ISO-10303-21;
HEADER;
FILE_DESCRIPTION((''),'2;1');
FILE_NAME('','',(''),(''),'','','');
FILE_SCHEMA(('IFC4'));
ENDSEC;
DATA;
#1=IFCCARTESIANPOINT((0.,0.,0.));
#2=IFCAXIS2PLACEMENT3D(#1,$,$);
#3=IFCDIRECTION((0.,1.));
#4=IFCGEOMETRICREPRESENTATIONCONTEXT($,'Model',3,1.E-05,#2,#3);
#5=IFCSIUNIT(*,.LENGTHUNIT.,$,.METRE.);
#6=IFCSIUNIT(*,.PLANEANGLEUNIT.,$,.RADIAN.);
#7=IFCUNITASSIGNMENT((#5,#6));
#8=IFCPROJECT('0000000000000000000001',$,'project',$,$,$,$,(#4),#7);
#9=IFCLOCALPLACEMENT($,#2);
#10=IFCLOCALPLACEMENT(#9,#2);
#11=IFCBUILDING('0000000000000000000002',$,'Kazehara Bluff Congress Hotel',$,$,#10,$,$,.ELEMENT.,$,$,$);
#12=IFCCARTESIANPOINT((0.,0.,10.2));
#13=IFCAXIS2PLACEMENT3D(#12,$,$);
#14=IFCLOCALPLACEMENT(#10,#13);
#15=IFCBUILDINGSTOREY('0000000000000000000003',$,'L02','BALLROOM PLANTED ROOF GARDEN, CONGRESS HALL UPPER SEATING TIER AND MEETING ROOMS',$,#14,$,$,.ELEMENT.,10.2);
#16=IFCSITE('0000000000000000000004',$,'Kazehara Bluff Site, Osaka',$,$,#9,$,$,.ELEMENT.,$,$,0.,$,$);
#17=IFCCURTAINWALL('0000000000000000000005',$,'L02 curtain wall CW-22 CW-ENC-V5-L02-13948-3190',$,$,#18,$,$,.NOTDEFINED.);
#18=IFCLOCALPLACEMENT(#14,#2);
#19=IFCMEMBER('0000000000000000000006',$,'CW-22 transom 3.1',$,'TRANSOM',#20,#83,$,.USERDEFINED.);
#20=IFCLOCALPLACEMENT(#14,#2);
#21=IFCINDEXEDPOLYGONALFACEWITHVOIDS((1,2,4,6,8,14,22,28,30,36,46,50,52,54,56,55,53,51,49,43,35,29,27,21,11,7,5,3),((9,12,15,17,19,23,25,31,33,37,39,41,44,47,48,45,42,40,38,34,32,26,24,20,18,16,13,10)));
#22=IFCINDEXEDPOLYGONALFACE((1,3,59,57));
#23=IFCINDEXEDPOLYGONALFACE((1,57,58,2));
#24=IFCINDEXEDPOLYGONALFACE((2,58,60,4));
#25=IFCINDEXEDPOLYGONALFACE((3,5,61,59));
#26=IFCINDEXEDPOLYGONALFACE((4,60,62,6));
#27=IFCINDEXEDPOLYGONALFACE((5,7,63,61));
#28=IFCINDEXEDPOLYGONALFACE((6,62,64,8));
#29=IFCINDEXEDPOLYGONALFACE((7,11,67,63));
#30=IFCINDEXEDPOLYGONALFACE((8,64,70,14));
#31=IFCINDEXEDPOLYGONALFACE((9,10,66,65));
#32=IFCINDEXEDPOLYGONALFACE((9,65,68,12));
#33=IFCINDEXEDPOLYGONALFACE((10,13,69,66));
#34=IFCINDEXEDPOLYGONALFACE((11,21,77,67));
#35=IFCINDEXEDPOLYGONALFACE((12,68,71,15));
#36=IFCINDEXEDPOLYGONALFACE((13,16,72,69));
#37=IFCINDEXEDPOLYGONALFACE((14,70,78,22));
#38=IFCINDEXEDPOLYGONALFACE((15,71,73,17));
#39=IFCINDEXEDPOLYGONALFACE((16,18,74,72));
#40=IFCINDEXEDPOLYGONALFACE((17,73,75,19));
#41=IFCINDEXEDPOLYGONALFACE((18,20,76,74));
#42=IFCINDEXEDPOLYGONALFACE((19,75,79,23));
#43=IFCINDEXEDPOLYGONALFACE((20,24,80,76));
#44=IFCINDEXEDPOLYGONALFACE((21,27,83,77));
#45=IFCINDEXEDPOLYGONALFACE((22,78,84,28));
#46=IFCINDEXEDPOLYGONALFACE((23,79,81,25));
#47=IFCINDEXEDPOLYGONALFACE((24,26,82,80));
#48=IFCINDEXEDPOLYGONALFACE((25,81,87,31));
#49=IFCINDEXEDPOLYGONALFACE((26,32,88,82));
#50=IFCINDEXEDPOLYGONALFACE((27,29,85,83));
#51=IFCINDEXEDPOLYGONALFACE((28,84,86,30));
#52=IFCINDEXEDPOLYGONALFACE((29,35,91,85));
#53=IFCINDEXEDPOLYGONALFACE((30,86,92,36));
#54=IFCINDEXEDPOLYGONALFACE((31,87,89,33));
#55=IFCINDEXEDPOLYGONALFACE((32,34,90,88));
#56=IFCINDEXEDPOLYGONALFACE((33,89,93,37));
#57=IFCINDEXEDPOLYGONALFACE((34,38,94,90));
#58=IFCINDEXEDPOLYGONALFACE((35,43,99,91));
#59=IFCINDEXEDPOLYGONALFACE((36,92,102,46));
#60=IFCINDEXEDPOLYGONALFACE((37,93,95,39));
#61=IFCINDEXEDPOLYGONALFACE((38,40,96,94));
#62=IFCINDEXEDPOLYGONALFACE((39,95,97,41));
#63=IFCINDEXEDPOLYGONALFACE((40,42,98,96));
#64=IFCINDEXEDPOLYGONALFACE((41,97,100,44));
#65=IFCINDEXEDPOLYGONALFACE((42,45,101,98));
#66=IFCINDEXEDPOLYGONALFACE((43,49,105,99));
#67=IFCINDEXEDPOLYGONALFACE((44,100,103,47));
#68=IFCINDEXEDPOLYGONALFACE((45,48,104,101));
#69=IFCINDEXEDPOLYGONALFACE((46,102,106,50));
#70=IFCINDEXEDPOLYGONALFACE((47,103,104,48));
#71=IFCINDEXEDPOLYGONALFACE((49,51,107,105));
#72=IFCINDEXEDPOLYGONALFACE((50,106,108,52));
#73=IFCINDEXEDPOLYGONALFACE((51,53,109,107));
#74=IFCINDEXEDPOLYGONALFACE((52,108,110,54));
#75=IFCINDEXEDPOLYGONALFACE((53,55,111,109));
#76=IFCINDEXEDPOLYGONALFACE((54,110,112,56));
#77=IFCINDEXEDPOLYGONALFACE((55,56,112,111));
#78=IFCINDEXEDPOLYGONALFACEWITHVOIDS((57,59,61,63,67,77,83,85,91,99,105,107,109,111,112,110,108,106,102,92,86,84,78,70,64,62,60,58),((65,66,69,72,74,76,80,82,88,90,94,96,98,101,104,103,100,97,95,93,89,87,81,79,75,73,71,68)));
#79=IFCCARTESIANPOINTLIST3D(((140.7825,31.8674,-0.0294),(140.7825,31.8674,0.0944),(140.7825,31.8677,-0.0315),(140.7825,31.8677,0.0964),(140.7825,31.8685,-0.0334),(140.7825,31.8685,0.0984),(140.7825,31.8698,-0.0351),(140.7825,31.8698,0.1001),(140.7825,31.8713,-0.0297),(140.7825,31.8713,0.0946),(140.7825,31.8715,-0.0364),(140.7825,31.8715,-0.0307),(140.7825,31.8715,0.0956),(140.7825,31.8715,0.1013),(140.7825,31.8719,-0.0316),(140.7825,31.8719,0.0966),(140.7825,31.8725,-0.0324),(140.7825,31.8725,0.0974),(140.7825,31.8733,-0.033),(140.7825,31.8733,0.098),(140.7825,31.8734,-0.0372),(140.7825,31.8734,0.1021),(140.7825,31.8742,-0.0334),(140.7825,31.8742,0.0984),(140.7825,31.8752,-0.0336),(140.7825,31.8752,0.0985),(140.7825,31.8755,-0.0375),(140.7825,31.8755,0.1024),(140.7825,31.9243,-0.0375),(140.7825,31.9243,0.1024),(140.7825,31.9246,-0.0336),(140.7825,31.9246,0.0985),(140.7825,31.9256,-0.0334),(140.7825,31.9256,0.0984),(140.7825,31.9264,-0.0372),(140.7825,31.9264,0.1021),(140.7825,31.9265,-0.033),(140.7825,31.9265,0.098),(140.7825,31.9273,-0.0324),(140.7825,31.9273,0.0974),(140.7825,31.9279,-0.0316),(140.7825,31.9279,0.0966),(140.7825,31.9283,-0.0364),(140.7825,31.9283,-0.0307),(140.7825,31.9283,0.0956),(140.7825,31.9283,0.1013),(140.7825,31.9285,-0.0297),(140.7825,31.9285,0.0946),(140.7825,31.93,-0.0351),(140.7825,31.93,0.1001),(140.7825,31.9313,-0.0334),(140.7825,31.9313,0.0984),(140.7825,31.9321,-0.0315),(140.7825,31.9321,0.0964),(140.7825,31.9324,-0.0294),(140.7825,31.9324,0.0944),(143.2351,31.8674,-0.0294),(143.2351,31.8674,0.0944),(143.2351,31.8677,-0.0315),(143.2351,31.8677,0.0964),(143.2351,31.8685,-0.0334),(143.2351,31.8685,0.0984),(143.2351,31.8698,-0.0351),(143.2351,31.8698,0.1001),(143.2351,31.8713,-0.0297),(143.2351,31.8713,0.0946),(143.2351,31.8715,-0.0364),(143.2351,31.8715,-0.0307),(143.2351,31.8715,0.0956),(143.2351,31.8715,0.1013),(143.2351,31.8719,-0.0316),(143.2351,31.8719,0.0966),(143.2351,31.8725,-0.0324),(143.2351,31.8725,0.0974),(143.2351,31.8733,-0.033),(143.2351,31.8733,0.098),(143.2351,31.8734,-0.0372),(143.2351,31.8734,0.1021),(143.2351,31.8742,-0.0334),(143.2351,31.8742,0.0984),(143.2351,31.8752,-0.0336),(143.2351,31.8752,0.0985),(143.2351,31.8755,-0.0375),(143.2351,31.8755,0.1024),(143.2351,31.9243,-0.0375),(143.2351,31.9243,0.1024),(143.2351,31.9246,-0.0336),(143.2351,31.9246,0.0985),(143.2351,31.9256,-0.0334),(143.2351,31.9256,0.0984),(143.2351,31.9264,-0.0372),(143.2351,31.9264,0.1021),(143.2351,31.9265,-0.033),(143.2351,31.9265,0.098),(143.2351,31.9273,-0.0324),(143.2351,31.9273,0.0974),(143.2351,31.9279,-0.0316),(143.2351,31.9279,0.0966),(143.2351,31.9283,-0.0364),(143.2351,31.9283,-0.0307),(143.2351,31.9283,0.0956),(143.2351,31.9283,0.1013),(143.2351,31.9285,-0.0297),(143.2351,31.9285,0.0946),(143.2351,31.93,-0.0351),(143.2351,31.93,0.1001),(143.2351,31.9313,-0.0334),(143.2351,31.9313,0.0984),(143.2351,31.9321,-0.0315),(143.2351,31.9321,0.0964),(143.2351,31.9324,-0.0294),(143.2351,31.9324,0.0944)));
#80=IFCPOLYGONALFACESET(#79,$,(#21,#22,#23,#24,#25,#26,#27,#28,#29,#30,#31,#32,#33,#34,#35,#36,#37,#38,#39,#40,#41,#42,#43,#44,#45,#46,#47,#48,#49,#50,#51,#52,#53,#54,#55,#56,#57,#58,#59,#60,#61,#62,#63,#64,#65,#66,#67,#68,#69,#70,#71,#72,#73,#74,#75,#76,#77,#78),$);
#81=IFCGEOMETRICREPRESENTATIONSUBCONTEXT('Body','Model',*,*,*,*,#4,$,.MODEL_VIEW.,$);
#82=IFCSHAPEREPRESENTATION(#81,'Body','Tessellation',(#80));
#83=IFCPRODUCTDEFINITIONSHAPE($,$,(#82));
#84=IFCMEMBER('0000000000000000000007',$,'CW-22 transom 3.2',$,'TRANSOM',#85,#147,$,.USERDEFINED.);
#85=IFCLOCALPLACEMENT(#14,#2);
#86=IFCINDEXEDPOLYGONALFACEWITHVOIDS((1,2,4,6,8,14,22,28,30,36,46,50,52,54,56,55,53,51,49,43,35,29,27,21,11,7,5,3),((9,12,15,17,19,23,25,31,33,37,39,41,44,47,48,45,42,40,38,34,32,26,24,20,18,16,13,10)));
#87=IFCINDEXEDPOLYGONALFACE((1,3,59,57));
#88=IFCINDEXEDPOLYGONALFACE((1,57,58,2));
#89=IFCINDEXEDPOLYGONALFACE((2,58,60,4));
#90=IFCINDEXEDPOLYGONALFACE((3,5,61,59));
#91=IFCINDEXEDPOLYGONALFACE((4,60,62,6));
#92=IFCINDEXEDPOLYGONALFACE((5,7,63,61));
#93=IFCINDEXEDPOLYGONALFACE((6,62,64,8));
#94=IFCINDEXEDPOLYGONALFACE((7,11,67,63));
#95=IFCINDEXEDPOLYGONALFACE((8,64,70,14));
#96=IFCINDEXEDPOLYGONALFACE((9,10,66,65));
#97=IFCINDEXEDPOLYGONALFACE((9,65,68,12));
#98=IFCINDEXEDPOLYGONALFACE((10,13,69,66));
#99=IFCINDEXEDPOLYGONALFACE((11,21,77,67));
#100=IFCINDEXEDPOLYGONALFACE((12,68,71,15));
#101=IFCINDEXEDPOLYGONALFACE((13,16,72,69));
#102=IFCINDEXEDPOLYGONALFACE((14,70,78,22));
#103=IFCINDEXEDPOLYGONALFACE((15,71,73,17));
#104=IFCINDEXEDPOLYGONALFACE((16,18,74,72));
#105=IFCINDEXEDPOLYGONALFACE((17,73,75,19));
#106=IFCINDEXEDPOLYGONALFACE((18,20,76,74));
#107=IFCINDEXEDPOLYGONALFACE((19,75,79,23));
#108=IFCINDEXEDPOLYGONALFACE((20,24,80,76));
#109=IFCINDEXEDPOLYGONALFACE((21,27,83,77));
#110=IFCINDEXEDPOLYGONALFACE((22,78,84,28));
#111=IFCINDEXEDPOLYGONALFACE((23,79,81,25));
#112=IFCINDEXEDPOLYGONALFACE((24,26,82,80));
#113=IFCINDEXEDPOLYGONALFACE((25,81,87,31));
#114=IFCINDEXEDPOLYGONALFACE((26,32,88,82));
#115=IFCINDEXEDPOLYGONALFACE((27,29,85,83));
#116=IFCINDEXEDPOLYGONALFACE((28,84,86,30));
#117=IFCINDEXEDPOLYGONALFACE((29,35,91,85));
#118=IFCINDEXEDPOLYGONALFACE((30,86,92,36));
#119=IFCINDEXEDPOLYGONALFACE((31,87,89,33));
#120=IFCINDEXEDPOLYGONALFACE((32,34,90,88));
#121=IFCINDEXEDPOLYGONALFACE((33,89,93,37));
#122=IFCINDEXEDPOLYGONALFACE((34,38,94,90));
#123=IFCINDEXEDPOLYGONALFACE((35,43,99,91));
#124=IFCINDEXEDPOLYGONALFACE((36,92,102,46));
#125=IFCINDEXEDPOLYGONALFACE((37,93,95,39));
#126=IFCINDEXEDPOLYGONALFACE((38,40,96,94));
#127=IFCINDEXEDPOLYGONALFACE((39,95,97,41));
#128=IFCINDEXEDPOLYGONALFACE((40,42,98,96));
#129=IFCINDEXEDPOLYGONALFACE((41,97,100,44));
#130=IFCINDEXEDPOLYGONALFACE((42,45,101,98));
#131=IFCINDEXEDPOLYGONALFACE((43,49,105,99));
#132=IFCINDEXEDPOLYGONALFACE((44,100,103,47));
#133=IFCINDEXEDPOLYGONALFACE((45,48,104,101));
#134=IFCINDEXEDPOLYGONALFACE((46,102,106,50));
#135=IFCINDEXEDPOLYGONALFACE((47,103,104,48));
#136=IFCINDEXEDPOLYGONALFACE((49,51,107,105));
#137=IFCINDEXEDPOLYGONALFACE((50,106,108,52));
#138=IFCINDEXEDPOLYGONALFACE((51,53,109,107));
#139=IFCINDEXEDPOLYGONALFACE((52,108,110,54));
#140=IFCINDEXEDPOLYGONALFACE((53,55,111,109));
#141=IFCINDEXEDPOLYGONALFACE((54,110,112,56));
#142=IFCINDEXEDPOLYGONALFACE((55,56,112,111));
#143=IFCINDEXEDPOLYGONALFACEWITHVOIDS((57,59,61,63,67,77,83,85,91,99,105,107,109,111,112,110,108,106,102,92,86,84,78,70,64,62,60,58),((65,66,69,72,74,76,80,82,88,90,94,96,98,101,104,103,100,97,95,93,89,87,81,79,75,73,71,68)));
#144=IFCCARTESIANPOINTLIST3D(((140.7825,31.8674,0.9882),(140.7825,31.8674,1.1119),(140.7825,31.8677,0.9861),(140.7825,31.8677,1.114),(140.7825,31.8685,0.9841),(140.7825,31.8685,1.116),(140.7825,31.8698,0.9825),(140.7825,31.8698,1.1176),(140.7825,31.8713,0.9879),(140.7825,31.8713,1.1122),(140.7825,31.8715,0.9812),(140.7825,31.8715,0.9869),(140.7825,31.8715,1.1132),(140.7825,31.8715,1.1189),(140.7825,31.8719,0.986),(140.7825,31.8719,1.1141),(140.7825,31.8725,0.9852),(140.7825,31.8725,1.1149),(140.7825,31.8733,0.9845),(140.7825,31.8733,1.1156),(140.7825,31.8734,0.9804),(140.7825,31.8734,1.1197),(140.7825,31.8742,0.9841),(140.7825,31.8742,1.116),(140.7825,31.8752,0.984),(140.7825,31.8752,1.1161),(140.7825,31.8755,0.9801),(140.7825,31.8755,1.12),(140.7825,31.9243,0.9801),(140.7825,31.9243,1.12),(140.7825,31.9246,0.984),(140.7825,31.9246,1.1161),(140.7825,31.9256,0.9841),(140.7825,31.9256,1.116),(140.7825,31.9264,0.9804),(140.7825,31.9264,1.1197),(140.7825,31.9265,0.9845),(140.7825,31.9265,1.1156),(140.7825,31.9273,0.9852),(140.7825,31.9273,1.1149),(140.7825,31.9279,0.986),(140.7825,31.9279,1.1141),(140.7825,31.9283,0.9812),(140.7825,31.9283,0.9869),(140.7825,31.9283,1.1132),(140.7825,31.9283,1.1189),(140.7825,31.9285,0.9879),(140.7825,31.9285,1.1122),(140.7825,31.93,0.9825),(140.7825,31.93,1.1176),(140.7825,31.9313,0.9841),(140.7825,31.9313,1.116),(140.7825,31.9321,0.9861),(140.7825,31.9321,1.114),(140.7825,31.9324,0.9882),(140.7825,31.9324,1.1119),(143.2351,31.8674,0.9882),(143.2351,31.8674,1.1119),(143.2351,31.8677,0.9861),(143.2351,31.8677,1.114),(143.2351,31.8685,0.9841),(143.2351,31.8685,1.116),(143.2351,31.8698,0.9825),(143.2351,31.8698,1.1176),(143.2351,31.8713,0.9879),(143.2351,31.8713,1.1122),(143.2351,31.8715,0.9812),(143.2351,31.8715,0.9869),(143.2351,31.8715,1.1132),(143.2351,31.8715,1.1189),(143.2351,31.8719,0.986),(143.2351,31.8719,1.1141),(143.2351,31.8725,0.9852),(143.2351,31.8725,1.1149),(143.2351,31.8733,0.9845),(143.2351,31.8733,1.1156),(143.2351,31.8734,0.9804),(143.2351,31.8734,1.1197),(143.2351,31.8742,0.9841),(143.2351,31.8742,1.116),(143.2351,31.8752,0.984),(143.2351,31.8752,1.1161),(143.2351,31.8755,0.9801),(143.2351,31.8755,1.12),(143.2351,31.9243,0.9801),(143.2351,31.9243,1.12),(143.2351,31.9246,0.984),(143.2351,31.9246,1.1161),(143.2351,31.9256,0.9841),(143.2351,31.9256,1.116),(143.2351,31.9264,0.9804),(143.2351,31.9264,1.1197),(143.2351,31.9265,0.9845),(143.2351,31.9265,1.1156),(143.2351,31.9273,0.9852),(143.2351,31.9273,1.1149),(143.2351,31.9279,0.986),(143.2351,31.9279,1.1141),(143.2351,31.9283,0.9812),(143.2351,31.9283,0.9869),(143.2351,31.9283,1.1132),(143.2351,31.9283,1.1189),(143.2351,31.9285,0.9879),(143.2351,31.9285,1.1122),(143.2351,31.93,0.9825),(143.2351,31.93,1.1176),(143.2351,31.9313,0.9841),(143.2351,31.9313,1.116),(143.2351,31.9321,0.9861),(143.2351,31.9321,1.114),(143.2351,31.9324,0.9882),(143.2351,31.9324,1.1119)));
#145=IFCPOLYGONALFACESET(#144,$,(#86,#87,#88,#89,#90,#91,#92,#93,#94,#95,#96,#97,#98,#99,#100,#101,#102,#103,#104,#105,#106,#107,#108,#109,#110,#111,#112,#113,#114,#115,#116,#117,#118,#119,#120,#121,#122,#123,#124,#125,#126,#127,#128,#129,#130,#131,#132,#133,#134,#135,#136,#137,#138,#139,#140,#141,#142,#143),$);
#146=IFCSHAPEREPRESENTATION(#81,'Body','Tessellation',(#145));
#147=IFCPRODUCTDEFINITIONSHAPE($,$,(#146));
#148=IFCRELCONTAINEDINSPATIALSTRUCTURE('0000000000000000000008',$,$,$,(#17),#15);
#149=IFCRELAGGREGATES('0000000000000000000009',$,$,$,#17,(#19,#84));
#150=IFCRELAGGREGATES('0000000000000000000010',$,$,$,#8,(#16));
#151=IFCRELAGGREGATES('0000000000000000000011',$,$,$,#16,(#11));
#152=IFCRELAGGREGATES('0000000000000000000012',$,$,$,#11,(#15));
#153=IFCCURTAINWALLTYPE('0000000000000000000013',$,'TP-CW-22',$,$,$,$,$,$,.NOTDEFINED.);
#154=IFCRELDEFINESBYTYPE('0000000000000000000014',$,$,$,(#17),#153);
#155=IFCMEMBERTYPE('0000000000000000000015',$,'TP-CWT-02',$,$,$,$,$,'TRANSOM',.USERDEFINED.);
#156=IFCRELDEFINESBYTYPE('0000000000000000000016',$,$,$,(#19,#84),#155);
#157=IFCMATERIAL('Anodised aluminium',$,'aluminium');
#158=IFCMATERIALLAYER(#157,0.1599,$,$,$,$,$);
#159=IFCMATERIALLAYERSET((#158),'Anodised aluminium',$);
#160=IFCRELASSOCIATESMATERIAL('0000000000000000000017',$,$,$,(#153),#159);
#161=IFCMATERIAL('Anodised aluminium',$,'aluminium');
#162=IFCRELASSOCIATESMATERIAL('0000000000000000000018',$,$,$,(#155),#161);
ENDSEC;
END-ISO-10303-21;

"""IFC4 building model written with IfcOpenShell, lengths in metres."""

from ifc_helpers import new_model, si_unit, direction, frame, origin, origin_2d, place, context, subcontext, project, spatial, hollow_rectangle, extrude, material, layer, layer_set, material_profile, profile_set, type_object, element, aggregate, save


model = new_model("IFC4")

# Units and contexts
model_context = context("Model", 3, precision=1e-05, world=origin(), true_north=direction((0.0, 1.0)))
body_context = subcontext(model_context, "Body", "Model", "MODEL_VIEW")
ifc_project = project(units=[si_unit("LENGTHUNIT", "METRE"), si_unit("PLANEANGLEUNIT", "RADIAN")], contexts=[model_context])

# Site, building, storey
site_placement = place(None, origin())
site = spatial("IfcSite", under=ifc_project, at=site_placement, Name="Kazehara Bluff Site, Osaka", CompositionType="ELEMENT", RefElevation=0.0)
building_placement = place(site_placement, origin())
building = spatial("IfcBuilding", under=site, at=building_placement, Name="Kazehara Bluff Congress Hotel", CompositionType="ELEMENT")
storey_placement = place(building_placement, frame((0.0, 0.0, 10.2)))
storey = spatial("IfcBuildingStorey", under=building, at=storey_placement, Name="L02", Description="BALLROOM PLANTED ROOF GARDEN, CONGRESS HALL UPPER SEATING TIER AND MEETING ROOMS", CompositionType="ELEMENT", Elevation=10.2)

# Shared definitions
ifc_material_1 = material(Name="Anodised aluminium", Category="aluminium")
ifc_layer_1 = layer(ifc_material_1, 0.1599)
ifc_layer_set_1 = layer_set([ifc_layer_1], Name="Anodised aluminium")
curtain_wall_type = type_object("IfcCurtainWallType", Name="TP-CW-22", PredefinedType="NOTDEFINED", material=ifc_layer_set_1)

# Curtain wall, members
curtain_wall_1_placement = place(storey_placement, origin())
curtain_wall_1 = element("IfcCurtainWall", 1, at=curtain_wall_1_placement, inside=storey, type_object=curtain_wall_type, Name="L02 curtain wall CW-22 CW-ENC-V5-L02-13948-3190", PredefinedType="NOTDEFINED")
ifc_material_2 = material(Name="Anodised aluminium", Category="aluminium")
ifc_material_profile_1 = material_profile(ifc_material_2, hollow_rectangle(XDim=0.0649, YDim=0.1399, WallThickness=0.0039, InnerFilletRadius=0.0039, OuterFilletRadius=0.0081, at=origin_2d()))
ifc_profile_set_1 = profile_set([ifc_material_profile_1], Name="Anodised aluminium")
member_type_1 = type_object("IfcMemberType", Name="TP-CWT-02", ElementType="TRANSOM", PredefinedType="USERDEFINED", material=ifc_profile_set_1)
member_1_placement = place(storey_placement, frame((140.7825, 31.8999, 0.0325), z_axis=(1.0, 0.0, 0.0), x_axis=(0.0, 1.0, 0.0)))
member_1 = element("IfcMember", 2, at=member_1_placement, type_object=member_type_1, Name="CW-22 transom 3.1", ObjectType="TRANSOM", PredefinedType="USERDEFINED", context=body_context, shape_type="SweptSolid", body=[
    extrude(hollow_rectangle(XDim=0.0649, YDim=0.1399, WallThickness=0.0039, InnerFilletRadius=0.0039, OuterFilletRadius=0.0081, at=origin_2d()), origin(), (0.0, 0.0, 1.0), 2.4526),
])
member_2_placement = place(storey_placement, frame((140.7825, 31.8999, 1.05), z_axis=(1.0, 0.0, 0.0), x_axis=(0.0, 1.0, 0.0)))
member_2 = element("IfcMember", 3, at=member_2_placement, type_object=member_type_1, Name="CW-22 transom 3.2", ObjectType="TRANSOM", PredefinedType="USERDEFINED", context=body_context, shape_type="SweptSolid", body=[
    extrude(hollow_rectangle(XDim=0.0649, YDim=0.1399, WallThickness=0.0039, InnerFilletRadius=0.0039, OuterFilletRadius=0.0081, at=origin_2d()), origin(), (0.0, 0.0, 1.0), 2.4526),
])
aggregate(curtain_wall_1, [member_1, member_2])

save(model, "model.ifc")
